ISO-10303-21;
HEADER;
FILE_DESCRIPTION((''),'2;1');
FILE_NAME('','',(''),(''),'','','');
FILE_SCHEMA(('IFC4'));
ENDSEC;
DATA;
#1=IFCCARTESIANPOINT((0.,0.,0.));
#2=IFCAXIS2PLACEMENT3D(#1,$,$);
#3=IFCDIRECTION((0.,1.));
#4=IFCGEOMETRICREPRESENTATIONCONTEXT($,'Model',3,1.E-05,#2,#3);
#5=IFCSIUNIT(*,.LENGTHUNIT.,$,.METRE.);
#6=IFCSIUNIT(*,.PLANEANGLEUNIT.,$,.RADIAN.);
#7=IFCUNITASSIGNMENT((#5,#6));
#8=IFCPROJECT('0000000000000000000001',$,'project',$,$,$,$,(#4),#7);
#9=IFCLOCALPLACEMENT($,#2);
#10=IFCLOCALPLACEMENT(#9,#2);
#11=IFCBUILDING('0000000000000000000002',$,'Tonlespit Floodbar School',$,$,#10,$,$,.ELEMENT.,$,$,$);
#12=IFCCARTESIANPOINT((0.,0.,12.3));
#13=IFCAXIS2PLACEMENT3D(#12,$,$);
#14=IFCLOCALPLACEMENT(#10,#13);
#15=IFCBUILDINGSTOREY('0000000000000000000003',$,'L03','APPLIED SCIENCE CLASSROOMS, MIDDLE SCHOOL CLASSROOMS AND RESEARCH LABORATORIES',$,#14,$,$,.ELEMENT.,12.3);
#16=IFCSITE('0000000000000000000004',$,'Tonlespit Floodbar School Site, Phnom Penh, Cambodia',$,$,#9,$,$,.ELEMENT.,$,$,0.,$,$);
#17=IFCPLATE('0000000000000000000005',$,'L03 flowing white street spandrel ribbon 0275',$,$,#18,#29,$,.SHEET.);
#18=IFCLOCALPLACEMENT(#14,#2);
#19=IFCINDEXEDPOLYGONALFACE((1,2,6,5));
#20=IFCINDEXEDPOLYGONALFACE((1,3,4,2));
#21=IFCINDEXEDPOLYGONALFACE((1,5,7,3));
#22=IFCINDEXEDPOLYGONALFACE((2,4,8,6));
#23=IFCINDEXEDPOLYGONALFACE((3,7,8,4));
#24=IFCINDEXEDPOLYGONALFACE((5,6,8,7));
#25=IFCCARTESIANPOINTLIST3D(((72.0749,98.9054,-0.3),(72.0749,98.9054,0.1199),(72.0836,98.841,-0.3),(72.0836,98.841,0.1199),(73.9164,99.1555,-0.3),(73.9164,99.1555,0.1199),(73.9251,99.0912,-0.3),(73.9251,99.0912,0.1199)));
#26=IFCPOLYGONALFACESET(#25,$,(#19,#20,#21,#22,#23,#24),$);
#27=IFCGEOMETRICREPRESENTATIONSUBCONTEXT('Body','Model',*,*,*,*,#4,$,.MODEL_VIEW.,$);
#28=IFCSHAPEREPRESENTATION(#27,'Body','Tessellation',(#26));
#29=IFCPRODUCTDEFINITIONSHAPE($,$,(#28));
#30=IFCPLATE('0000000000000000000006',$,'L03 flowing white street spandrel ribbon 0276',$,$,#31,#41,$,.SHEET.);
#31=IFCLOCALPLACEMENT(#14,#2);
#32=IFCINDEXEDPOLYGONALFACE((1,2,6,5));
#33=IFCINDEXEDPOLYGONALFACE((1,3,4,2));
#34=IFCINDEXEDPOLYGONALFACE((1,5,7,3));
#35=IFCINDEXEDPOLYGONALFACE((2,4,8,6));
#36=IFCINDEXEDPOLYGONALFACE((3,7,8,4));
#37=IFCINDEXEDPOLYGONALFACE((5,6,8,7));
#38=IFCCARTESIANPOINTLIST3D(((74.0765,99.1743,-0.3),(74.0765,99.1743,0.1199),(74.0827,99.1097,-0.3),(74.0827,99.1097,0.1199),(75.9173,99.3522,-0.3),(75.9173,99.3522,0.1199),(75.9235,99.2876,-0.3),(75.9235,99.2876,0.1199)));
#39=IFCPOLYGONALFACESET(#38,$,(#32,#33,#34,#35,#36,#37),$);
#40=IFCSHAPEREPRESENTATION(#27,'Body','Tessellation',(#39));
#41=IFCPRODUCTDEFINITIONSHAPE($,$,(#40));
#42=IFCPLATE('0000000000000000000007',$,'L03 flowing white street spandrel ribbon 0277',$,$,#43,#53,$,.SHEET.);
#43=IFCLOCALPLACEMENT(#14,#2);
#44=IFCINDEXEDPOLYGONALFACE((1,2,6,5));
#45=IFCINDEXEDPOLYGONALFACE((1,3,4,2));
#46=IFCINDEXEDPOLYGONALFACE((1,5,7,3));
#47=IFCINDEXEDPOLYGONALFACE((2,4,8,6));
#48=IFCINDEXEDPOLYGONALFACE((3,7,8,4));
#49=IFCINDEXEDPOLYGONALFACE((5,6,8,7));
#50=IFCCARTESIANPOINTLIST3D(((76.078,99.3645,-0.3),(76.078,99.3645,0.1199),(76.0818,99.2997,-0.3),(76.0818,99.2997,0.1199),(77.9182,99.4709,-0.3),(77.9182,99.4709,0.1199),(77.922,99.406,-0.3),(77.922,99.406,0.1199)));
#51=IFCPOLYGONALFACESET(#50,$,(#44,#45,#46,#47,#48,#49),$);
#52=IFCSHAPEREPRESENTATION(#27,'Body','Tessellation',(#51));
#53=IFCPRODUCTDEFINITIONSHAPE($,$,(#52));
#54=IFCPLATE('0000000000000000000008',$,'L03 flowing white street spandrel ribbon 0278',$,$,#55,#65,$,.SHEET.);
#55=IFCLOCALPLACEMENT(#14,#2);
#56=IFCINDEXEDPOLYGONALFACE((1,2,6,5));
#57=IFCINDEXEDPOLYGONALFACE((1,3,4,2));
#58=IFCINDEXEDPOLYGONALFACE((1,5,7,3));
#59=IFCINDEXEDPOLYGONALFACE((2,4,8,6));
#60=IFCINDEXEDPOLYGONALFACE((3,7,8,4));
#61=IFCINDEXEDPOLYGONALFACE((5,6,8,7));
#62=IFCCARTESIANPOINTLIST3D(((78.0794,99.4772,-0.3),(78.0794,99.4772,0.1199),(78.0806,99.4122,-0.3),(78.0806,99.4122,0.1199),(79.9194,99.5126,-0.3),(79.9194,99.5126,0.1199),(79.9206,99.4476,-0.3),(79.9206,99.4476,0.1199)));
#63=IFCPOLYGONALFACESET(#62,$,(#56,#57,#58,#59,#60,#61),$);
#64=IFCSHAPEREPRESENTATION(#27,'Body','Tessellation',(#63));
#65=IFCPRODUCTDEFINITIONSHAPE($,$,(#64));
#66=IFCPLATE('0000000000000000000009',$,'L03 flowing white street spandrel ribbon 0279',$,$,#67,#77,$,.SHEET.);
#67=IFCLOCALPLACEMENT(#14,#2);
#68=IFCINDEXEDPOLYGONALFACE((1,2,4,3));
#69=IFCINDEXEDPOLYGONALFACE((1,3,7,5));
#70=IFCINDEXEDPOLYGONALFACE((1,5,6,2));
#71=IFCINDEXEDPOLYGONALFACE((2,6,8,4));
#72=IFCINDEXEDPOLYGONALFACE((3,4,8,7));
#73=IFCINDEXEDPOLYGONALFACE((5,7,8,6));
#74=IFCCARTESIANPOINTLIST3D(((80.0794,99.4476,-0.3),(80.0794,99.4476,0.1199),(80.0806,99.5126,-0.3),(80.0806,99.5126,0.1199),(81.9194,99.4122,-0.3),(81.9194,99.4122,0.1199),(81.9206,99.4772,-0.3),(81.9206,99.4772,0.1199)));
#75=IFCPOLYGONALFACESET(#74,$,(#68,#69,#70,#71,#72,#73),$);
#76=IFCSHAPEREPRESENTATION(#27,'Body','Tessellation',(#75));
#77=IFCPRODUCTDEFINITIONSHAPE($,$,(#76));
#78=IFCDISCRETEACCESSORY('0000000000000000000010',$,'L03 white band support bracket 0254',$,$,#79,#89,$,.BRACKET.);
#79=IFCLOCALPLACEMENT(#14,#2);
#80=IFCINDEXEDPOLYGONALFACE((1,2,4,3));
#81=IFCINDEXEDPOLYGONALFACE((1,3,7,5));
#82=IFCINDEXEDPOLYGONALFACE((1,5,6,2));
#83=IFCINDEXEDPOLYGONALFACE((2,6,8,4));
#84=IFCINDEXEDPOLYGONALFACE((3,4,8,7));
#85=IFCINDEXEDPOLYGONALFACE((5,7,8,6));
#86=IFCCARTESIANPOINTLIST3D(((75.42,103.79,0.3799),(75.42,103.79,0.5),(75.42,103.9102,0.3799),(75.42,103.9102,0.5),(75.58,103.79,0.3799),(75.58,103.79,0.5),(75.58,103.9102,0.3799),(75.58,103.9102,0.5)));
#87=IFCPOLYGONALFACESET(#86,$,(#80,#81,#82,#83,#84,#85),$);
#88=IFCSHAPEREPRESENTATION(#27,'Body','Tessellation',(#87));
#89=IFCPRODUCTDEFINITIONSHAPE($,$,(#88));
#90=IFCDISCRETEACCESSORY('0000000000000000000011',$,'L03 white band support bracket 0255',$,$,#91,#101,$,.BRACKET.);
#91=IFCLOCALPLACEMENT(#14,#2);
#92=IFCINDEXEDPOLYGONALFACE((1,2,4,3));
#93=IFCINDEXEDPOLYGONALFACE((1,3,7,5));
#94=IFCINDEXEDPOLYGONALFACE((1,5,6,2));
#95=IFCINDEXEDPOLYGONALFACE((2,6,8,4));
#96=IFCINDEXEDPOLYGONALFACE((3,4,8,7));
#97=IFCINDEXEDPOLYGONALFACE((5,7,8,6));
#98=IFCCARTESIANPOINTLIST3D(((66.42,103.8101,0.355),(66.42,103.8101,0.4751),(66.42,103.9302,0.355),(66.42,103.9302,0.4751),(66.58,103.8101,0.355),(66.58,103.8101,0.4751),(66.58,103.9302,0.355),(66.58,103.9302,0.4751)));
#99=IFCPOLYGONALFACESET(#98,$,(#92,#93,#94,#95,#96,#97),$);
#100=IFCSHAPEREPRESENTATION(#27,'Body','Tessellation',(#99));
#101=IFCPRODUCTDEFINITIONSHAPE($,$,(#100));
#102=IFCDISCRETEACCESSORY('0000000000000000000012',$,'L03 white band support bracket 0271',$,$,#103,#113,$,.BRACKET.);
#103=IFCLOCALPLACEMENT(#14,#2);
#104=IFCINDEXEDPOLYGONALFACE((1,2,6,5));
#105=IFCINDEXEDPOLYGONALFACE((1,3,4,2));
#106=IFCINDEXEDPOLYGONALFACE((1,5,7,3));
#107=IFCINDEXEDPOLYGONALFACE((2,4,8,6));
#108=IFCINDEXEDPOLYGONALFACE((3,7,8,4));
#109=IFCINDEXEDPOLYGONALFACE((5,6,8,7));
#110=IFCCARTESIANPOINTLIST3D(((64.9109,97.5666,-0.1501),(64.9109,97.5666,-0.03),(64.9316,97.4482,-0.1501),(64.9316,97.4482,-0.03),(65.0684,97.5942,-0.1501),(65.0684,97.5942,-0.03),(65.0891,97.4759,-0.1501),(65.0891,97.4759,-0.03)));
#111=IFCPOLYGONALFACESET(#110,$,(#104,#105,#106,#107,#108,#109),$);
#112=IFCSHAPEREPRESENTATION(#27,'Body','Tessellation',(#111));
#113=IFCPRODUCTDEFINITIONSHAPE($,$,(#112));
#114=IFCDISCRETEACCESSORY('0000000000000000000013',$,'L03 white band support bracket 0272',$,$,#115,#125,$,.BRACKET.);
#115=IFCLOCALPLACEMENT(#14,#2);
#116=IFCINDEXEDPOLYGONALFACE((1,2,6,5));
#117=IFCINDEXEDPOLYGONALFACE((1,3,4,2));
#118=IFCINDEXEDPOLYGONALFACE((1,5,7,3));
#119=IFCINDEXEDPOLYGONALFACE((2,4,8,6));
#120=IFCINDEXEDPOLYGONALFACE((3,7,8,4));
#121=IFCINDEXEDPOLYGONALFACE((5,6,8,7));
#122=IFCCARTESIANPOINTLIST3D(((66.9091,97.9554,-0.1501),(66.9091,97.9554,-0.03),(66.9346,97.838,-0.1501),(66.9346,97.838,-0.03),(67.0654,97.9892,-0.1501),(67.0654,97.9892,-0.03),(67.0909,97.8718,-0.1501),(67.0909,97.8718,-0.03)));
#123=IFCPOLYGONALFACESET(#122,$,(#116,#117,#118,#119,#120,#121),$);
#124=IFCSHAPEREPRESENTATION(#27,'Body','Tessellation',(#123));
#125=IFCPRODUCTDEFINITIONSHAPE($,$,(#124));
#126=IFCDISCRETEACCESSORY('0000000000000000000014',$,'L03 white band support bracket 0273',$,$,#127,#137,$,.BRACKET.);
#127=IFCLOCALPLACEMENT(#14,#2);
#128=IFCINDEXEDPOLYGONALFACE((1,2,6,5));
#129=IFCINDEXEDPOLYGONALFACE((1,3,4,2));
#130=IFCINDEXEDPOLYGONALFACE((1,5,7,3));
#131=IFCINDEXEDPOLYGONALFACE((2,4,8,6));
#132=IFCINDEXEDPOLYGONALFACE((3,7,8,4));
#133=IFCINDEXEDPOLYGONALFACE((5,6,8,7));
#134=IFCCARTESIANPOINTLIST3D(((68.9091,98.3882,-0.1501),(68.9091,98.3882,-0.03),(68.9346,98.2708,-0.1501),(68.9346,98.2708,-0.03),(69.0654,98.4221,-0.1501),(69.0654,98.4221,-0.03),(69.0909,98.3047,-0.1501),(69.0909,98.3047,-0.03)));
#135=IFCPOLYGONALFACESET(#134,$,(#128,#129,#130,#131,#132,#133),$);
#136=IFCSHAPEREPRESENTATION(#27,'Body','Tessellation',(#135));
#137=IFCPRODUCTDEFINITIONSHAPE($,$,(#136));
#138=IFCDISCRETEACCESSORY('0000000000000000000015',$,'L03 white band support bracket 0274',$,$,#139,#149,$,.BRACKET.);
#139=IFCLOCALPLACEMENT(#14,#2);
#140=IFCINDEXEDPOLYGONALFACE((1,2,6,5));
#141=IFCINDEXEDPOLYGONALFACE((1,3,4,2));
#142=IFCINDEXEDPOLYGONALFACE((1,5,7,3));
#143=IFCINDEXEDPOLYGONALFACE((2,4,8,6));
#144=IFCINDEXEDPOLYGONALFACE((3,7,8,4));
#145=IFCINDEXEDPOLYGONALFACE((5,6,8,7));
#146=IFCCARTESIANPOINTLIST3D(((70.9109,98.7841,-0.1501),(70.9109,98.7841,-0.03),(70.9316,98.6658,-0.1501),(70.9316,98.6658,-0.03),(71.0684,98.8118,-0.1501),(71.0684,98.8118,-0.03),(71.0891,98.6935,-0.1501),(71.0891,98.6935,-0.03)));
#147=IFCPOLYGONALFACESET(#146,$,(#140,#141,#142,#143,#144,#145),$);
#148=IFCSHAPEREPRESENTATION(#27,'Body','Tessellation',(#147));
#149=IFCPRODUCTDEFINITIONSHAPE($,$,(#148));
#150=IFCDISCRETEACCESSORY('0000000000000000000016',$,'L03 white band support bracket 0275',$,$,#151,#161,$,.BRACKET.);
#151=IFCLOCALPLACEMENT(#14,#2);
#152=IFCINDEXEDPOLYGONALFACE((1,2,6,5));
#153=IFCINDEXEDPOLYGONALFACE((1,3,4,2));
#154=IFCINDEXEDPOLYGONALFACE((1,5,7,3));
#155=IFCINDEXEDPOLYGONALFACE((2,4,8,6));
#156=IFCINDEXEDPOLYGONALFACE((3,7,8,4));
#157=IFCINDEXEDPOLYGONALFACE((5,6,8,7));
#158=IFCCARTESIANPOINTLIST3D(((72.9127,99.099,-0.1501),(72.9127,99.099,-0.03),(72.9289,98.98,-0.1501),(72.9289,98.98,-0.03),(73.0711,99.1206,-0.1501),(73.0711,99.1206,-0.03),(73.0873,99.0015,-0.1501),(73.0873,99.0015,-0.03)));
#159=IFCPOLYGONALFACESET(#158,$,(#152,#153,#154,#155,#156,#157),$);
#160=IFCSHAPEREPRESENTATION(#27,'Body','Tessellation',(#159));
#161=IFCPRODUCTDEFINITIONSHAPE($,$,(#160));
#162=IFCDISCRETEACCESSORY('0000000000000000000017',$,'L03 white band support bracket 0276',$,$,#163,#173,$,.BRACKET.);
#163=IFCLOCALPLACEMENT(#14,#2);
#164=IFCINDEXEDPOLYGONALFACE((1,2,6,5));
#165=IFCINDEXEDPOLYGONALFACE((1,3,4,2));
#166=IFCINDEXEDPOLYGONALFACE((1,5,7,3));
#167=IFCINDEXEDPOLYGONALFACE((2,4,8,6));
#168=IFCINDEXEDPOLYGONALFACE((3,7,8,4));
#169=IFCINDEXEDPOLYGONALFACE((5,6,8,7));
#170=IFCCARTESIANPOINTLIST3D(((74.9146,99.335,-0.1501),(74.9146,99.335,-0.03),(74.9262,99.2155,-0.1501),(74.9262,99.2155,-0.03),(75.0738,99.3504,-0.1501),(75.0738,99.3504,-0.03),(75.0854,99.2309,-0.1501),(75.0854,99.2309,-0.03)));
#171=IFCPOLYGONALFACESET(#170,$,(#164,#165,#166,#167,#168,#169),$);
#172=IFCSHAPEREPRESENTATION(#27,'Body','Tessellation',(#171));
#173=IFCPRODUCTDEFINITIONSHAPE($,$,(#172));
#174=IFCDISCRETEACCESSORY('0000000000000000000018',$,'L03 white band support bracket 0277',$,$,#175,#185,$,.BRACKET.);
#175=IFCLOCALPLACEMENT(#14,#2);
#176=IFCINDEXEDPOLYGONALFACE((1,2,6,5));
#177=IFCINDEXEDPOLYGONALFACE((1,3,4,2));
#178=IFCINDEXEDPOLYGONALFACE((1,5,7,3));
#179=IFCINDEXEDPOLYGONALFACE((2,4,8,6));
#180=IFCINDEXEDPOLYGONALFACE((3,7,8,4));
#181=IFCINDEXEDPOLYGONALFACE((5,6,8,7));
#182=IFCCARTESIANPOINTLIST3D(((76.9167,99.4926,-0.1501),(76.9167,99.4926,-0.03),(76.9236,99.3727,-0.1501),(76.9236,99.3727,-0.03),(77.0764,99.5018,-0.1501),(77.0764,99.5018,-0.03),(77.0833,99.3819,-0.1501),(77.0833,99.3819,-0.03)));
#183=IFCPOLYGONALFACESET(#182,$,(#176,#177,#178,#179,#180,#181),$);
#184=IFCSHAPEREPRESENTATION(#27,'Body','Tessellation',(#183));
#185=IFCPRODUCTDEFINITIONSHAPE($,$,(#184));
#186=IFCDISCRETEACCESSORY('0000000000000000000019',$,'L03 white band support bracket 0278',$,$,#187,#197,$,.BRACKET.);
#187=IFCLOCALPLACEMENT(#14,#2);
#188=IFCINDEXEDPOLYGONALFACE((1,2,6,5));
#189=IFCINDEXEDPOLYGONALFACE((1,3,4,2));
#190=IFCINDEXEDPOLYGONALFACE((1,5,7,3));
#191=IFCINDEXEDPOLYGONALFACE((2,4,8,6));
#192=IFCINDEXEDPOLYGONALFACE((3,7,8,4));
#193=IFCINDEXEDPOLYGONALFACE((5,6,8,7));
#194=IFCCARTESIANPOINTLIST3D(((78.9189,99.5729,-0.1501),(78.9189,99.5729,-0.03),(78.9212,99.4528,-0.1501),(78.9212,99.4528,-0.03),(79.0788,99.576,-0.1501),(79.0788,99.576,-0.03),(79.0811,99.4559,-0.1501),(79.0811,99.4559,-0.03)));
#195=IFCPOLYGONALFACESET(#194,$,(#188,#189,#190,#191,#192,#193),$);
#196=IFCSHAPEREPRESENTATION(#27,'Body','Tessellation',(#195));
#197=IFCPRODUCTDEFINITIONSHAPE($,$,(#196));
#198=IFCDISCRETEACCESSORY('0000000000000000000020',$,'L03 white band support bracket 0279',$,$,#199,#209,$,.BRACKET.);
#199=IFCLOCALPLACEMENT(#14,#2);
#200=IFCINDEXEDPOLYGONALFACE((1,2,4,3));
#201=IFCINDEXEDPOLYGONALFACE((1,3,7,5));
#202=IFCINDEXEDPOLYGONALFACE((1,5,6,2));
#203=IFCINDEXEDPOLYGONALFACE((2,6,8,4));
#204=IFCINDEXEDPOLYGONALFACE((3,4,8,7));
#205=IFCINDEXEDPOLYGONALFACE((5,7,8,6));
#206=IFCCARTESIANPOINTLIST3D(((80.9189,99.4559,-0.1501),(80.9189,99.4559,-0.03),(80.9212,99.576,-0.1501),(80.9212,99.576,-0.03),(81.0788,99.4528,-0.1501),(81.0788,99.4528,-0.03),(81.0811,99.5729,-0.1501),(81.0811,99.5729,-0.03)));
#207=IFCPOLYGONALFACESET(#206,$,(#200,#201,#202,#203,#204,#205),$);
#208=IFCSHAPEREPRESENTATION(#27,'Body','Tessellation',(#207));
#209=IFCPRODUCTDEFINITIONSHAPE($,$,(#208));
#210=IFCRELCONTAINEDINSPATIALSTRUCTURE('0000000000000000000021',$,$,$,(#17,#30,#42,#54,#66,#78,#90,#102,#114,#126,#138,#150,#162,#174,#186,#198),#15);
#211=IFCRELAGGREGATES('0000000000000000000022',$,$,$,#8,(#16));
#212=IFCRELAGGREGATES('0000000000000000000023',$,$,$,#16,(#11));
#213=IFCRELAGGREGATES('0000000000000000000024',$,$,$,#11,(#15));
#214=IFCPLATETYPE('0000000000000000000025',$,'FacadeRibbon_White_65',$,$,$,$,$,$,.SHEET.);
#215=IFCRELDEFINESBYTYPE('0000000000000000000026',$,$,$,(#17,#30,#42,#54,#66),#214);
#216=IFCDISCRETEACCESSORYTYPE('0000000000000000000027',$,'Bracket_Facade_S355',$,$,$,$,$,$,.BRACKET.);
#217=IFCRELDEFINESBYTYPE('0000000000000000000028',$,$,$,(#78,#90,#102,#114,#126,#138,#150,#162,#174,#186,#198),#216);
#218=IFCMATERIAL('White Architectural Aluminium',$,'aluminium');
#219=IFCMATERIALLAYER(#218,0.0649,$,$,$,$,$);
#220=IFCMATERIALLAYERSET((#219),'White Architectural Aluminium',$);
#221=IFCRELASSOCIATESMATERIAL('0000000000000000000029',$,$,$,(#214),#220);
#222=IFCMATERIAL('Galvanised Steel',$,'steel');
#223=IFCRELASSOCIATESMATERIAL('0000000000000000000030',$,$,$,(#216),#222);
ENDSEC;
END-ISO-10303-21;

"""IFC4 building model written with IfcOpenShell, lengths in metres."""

from ifc_helpers import new_model, si_unit, direction, frame, origin, origin_2d, place, context, subcontext, project, spatial, rectangle, extrude, material, layer, layer_set, type_object, element, save


model = new_model("IFC4")

# Units and contexts
model_context = context("Model", 3, precision=1e-05, world=origin(), true_north=direction((0.0, 1.0)))
body_context = subcontext(model_context, "Body", "Model", "MODEL_VIEW")
ifc_project = project(units=[si_unit("LENGTHUNIT", "METRE"), si_unit("PLANEANGLEUNIT", "RADIAN")], contexts=[model_context])

# Site, building, storey
site_placement = place(None, origin())
site = spatial("IfcSite", under=ifc_project, at=site_placement, Name="Tonlespit Floodbar School Site, Phnom Penh, Cambodia", CompositionType="ELEMENT", RefElevation=0.0)
building_placement = place(site_placement, origin())
building = spatial("IfcBuilding", under=site, at=building_placement, Name="Tonlespit Floodbar School", CompositionType="ELEMENT")
storey_placement = place(building_placement, frame((0.0, 0.0, 12.3)))
storey = spatial("IfcBuildingStorey", under=building, at=storey_placement, Name="L03", Description="APPLIED SCIENCE CLASSROOMS, MIDDLE SCHOOL CLASSROOMS AND RESEARCH LABORATORIES", CompositionType="ELEMENT", Elevation=12.3)

# Plates
ifc_material_1 = material(Name="White Architectural Aluminium", Category="aluminium")
ifc_layer_1 = layer(ifc_material_1, 0.0649)
ifc_layer_set_1 = layer_set([ifc_layer_1], Name="White Architectural Aluminium")
plate_type_1 = type_object("IfcPlateType", Name="FacadeRibbon_White_65", PredefinedType="SHEET", material=ifc_layer_set_1)
plate_1_placement = place(storey_placement, frame((73.0, 98.9983, -0.3), z_axis=(0.0, 0.0, 1.0), x_axis=(0.990898, 0.134614, 0.0)))
element("IfcPlate", 1, at=plate_1_placement, inside=storey, type_object=plate_type_1, Name="L03 flowing white street spandrel ribbon 0275", PredefinedType="SHEET", context=body_context, shape_type="SweptSolid", body=[
    extrude(rectangle(XDim=1.8584, YDim=0.0649, at=origin_2d()), origin(), (0.0, 0.0, 1.0), 0.4199),
])
plate_2_placement = place(storey_placement, frame((75.0, 99.231, -0.3), z_axis=(0.0, 0.0, 1.0), x_axis=(0.995362, 0.096202, 0.0)))
element("IfcPlate", 2, at=plate_2_placement, inside=storey, type_object=plate_type_1, Name="L03 flowing white street spandrel ribbon 0276", PredefinedType="SHEET", context=body_context, shape_type="SweptSolid", body=[
    extrude(rectangle(XDim=1.8494, YDim=0.0649, at=origin_2d()), origin(), (0.0, 0.0, 1.0), 0.4199),
])
plate_3_placement = place(storey_placement, frame((77.0, 99.3853, -0.3), z_axis=(0.0, 0.0, 1.0), x_axis=(0.998334, 0.057703, 0.0)))
element("IfcPlate", 3, at=plate_3_placement, inside=storey, type_object=plate_type_1, Name="L03 flowing white street spandrel ribbon 0277", PredefinedType="SHEET", context=body_context, shape_type="SweptSolid", body=[
    extrude(rectangle(XDim=1.8433, YDim=0.0649, at=origin_2d()), origin(), (0.0, 0.0, 1.0), 0.4199),
])
for number, where, z_axis, x_axis, name in (
    (4, (79.0, 99.4624, -0.3), (0.0, 0.0, 1.0), (0.999815, 0.019246, 0.0), "L03 flowing white street spandrel ribbon 0278"),
    (5, (81.0, 99.4624, -0.3), (0.0, 0.0, 1.0), (0.999815, -0.019246, 0.0), "L03 flowing white street spandrel ribbon 0279"),
):
    element("IfcPlate", number, at=place(storey_placement, frame(where, z_axis=z_axis, x_axis=x_axis)), inside=storey, type_object=plate_type_1, Name=name, PredefinedType="SHEET", context=body_context, shape_type="SweptSolid", body=[
        extrude(rectangle(XDim=1.8403, YDim=0.0649, at=origin_2d()), origin(), (0.0, 0.0, 1.0), 0.4199),
    ])

# Discrete accessories
ifc_material_2 = material(Name="Galvanised Steel", Category="steel")
discrete_accessory_type = type_object("IfcDiscreteAccessoryType", Name="Bracket_Facade_S355", PredefinedType="BRACKET", material=ifc_material_2)
for number, where, z_axis, x_axis, name in (
    (6, (75.5, 103.8501, 0.3799), (0.0, 0.0, 1.0), (-1.0, 0.0, 0.0), "L03 white band support bracket 0254"),
    (7, (66.5, 103.8701, 0.355), (0.0, 0.0, 1.0), (-1.0, 0.0, 0.0), "L03 white band support bracket 0255"),
    (8, (65.0, 97.5212, -0.1501), (0.0, 0.0, 1.0), (0.984905, 0.173096, 0.0), "L03 white band support bracket 0271"),
    (9, (67.0, 97.9136, -0.1501), (0.0, 0.0, 1.0), (0.977357, 0.211598, 0.0), "L03 white band support bracket 0272"),
    (10, (69.0, 98.3464, -0.1501), (0.0, 0.0, 1.0), (0.977357, 0.211598, 0.0), "L03 white band support bracket 0273"),
    (11, (71.0, 98.7388, -0.1501), (0.0, 0.0, 1.0), (0.984905, 0.173096, 0.0), "L03 white band support bracket 0274"),
    (12, (73.0, 99.0503, -0.1501), (0.0, 0.0, 1.0), (0.990898, 0.134614, 0.0), "L03 white band support bracket 0275"),
    (13, (75.0, 99.283, -0.1501), (0.0, 0.0, 1.0), (0.995362, 0.096202, 0.0), "L03 white band support bracket 0276"),
    (14, (77.0, 99.4373, -0.1501), (0.0, 0.0, 1.0), (0.998334, 0.057703, 0.0), "L03 white band support bracket 0277"),
    (15, (79.0, 99.5144, -0.1501), (0.0, 0.0, 1.0), (0.999815, 0.019246, 0.0), "L03 white band support bracket 0278"),
    (16, (81.0, 99.5144, -0.1501), (0.0, 0.0, 1.0), (0.999815, -0.019246, 0.0), "L03 white band support bracket 0279"),
):
    element("IfcDiscreteAccessory", number, at=place(storey_placement, frame(where, z_axis=z_axis, x_axis=x_axis)), inside=storey, type_object=discrete_accessory_type, Name=name, PredefinedType="BRACKET", context=body_context, shape_type="SweptSolid", body=[
        extrude(rectangle(XDim=0.1599, YDim=0.1201, at=origin_2d()), origin(), (0.0, 0.0, 1.0), 0.1201),
    ])

save(model, "model.ifc")
